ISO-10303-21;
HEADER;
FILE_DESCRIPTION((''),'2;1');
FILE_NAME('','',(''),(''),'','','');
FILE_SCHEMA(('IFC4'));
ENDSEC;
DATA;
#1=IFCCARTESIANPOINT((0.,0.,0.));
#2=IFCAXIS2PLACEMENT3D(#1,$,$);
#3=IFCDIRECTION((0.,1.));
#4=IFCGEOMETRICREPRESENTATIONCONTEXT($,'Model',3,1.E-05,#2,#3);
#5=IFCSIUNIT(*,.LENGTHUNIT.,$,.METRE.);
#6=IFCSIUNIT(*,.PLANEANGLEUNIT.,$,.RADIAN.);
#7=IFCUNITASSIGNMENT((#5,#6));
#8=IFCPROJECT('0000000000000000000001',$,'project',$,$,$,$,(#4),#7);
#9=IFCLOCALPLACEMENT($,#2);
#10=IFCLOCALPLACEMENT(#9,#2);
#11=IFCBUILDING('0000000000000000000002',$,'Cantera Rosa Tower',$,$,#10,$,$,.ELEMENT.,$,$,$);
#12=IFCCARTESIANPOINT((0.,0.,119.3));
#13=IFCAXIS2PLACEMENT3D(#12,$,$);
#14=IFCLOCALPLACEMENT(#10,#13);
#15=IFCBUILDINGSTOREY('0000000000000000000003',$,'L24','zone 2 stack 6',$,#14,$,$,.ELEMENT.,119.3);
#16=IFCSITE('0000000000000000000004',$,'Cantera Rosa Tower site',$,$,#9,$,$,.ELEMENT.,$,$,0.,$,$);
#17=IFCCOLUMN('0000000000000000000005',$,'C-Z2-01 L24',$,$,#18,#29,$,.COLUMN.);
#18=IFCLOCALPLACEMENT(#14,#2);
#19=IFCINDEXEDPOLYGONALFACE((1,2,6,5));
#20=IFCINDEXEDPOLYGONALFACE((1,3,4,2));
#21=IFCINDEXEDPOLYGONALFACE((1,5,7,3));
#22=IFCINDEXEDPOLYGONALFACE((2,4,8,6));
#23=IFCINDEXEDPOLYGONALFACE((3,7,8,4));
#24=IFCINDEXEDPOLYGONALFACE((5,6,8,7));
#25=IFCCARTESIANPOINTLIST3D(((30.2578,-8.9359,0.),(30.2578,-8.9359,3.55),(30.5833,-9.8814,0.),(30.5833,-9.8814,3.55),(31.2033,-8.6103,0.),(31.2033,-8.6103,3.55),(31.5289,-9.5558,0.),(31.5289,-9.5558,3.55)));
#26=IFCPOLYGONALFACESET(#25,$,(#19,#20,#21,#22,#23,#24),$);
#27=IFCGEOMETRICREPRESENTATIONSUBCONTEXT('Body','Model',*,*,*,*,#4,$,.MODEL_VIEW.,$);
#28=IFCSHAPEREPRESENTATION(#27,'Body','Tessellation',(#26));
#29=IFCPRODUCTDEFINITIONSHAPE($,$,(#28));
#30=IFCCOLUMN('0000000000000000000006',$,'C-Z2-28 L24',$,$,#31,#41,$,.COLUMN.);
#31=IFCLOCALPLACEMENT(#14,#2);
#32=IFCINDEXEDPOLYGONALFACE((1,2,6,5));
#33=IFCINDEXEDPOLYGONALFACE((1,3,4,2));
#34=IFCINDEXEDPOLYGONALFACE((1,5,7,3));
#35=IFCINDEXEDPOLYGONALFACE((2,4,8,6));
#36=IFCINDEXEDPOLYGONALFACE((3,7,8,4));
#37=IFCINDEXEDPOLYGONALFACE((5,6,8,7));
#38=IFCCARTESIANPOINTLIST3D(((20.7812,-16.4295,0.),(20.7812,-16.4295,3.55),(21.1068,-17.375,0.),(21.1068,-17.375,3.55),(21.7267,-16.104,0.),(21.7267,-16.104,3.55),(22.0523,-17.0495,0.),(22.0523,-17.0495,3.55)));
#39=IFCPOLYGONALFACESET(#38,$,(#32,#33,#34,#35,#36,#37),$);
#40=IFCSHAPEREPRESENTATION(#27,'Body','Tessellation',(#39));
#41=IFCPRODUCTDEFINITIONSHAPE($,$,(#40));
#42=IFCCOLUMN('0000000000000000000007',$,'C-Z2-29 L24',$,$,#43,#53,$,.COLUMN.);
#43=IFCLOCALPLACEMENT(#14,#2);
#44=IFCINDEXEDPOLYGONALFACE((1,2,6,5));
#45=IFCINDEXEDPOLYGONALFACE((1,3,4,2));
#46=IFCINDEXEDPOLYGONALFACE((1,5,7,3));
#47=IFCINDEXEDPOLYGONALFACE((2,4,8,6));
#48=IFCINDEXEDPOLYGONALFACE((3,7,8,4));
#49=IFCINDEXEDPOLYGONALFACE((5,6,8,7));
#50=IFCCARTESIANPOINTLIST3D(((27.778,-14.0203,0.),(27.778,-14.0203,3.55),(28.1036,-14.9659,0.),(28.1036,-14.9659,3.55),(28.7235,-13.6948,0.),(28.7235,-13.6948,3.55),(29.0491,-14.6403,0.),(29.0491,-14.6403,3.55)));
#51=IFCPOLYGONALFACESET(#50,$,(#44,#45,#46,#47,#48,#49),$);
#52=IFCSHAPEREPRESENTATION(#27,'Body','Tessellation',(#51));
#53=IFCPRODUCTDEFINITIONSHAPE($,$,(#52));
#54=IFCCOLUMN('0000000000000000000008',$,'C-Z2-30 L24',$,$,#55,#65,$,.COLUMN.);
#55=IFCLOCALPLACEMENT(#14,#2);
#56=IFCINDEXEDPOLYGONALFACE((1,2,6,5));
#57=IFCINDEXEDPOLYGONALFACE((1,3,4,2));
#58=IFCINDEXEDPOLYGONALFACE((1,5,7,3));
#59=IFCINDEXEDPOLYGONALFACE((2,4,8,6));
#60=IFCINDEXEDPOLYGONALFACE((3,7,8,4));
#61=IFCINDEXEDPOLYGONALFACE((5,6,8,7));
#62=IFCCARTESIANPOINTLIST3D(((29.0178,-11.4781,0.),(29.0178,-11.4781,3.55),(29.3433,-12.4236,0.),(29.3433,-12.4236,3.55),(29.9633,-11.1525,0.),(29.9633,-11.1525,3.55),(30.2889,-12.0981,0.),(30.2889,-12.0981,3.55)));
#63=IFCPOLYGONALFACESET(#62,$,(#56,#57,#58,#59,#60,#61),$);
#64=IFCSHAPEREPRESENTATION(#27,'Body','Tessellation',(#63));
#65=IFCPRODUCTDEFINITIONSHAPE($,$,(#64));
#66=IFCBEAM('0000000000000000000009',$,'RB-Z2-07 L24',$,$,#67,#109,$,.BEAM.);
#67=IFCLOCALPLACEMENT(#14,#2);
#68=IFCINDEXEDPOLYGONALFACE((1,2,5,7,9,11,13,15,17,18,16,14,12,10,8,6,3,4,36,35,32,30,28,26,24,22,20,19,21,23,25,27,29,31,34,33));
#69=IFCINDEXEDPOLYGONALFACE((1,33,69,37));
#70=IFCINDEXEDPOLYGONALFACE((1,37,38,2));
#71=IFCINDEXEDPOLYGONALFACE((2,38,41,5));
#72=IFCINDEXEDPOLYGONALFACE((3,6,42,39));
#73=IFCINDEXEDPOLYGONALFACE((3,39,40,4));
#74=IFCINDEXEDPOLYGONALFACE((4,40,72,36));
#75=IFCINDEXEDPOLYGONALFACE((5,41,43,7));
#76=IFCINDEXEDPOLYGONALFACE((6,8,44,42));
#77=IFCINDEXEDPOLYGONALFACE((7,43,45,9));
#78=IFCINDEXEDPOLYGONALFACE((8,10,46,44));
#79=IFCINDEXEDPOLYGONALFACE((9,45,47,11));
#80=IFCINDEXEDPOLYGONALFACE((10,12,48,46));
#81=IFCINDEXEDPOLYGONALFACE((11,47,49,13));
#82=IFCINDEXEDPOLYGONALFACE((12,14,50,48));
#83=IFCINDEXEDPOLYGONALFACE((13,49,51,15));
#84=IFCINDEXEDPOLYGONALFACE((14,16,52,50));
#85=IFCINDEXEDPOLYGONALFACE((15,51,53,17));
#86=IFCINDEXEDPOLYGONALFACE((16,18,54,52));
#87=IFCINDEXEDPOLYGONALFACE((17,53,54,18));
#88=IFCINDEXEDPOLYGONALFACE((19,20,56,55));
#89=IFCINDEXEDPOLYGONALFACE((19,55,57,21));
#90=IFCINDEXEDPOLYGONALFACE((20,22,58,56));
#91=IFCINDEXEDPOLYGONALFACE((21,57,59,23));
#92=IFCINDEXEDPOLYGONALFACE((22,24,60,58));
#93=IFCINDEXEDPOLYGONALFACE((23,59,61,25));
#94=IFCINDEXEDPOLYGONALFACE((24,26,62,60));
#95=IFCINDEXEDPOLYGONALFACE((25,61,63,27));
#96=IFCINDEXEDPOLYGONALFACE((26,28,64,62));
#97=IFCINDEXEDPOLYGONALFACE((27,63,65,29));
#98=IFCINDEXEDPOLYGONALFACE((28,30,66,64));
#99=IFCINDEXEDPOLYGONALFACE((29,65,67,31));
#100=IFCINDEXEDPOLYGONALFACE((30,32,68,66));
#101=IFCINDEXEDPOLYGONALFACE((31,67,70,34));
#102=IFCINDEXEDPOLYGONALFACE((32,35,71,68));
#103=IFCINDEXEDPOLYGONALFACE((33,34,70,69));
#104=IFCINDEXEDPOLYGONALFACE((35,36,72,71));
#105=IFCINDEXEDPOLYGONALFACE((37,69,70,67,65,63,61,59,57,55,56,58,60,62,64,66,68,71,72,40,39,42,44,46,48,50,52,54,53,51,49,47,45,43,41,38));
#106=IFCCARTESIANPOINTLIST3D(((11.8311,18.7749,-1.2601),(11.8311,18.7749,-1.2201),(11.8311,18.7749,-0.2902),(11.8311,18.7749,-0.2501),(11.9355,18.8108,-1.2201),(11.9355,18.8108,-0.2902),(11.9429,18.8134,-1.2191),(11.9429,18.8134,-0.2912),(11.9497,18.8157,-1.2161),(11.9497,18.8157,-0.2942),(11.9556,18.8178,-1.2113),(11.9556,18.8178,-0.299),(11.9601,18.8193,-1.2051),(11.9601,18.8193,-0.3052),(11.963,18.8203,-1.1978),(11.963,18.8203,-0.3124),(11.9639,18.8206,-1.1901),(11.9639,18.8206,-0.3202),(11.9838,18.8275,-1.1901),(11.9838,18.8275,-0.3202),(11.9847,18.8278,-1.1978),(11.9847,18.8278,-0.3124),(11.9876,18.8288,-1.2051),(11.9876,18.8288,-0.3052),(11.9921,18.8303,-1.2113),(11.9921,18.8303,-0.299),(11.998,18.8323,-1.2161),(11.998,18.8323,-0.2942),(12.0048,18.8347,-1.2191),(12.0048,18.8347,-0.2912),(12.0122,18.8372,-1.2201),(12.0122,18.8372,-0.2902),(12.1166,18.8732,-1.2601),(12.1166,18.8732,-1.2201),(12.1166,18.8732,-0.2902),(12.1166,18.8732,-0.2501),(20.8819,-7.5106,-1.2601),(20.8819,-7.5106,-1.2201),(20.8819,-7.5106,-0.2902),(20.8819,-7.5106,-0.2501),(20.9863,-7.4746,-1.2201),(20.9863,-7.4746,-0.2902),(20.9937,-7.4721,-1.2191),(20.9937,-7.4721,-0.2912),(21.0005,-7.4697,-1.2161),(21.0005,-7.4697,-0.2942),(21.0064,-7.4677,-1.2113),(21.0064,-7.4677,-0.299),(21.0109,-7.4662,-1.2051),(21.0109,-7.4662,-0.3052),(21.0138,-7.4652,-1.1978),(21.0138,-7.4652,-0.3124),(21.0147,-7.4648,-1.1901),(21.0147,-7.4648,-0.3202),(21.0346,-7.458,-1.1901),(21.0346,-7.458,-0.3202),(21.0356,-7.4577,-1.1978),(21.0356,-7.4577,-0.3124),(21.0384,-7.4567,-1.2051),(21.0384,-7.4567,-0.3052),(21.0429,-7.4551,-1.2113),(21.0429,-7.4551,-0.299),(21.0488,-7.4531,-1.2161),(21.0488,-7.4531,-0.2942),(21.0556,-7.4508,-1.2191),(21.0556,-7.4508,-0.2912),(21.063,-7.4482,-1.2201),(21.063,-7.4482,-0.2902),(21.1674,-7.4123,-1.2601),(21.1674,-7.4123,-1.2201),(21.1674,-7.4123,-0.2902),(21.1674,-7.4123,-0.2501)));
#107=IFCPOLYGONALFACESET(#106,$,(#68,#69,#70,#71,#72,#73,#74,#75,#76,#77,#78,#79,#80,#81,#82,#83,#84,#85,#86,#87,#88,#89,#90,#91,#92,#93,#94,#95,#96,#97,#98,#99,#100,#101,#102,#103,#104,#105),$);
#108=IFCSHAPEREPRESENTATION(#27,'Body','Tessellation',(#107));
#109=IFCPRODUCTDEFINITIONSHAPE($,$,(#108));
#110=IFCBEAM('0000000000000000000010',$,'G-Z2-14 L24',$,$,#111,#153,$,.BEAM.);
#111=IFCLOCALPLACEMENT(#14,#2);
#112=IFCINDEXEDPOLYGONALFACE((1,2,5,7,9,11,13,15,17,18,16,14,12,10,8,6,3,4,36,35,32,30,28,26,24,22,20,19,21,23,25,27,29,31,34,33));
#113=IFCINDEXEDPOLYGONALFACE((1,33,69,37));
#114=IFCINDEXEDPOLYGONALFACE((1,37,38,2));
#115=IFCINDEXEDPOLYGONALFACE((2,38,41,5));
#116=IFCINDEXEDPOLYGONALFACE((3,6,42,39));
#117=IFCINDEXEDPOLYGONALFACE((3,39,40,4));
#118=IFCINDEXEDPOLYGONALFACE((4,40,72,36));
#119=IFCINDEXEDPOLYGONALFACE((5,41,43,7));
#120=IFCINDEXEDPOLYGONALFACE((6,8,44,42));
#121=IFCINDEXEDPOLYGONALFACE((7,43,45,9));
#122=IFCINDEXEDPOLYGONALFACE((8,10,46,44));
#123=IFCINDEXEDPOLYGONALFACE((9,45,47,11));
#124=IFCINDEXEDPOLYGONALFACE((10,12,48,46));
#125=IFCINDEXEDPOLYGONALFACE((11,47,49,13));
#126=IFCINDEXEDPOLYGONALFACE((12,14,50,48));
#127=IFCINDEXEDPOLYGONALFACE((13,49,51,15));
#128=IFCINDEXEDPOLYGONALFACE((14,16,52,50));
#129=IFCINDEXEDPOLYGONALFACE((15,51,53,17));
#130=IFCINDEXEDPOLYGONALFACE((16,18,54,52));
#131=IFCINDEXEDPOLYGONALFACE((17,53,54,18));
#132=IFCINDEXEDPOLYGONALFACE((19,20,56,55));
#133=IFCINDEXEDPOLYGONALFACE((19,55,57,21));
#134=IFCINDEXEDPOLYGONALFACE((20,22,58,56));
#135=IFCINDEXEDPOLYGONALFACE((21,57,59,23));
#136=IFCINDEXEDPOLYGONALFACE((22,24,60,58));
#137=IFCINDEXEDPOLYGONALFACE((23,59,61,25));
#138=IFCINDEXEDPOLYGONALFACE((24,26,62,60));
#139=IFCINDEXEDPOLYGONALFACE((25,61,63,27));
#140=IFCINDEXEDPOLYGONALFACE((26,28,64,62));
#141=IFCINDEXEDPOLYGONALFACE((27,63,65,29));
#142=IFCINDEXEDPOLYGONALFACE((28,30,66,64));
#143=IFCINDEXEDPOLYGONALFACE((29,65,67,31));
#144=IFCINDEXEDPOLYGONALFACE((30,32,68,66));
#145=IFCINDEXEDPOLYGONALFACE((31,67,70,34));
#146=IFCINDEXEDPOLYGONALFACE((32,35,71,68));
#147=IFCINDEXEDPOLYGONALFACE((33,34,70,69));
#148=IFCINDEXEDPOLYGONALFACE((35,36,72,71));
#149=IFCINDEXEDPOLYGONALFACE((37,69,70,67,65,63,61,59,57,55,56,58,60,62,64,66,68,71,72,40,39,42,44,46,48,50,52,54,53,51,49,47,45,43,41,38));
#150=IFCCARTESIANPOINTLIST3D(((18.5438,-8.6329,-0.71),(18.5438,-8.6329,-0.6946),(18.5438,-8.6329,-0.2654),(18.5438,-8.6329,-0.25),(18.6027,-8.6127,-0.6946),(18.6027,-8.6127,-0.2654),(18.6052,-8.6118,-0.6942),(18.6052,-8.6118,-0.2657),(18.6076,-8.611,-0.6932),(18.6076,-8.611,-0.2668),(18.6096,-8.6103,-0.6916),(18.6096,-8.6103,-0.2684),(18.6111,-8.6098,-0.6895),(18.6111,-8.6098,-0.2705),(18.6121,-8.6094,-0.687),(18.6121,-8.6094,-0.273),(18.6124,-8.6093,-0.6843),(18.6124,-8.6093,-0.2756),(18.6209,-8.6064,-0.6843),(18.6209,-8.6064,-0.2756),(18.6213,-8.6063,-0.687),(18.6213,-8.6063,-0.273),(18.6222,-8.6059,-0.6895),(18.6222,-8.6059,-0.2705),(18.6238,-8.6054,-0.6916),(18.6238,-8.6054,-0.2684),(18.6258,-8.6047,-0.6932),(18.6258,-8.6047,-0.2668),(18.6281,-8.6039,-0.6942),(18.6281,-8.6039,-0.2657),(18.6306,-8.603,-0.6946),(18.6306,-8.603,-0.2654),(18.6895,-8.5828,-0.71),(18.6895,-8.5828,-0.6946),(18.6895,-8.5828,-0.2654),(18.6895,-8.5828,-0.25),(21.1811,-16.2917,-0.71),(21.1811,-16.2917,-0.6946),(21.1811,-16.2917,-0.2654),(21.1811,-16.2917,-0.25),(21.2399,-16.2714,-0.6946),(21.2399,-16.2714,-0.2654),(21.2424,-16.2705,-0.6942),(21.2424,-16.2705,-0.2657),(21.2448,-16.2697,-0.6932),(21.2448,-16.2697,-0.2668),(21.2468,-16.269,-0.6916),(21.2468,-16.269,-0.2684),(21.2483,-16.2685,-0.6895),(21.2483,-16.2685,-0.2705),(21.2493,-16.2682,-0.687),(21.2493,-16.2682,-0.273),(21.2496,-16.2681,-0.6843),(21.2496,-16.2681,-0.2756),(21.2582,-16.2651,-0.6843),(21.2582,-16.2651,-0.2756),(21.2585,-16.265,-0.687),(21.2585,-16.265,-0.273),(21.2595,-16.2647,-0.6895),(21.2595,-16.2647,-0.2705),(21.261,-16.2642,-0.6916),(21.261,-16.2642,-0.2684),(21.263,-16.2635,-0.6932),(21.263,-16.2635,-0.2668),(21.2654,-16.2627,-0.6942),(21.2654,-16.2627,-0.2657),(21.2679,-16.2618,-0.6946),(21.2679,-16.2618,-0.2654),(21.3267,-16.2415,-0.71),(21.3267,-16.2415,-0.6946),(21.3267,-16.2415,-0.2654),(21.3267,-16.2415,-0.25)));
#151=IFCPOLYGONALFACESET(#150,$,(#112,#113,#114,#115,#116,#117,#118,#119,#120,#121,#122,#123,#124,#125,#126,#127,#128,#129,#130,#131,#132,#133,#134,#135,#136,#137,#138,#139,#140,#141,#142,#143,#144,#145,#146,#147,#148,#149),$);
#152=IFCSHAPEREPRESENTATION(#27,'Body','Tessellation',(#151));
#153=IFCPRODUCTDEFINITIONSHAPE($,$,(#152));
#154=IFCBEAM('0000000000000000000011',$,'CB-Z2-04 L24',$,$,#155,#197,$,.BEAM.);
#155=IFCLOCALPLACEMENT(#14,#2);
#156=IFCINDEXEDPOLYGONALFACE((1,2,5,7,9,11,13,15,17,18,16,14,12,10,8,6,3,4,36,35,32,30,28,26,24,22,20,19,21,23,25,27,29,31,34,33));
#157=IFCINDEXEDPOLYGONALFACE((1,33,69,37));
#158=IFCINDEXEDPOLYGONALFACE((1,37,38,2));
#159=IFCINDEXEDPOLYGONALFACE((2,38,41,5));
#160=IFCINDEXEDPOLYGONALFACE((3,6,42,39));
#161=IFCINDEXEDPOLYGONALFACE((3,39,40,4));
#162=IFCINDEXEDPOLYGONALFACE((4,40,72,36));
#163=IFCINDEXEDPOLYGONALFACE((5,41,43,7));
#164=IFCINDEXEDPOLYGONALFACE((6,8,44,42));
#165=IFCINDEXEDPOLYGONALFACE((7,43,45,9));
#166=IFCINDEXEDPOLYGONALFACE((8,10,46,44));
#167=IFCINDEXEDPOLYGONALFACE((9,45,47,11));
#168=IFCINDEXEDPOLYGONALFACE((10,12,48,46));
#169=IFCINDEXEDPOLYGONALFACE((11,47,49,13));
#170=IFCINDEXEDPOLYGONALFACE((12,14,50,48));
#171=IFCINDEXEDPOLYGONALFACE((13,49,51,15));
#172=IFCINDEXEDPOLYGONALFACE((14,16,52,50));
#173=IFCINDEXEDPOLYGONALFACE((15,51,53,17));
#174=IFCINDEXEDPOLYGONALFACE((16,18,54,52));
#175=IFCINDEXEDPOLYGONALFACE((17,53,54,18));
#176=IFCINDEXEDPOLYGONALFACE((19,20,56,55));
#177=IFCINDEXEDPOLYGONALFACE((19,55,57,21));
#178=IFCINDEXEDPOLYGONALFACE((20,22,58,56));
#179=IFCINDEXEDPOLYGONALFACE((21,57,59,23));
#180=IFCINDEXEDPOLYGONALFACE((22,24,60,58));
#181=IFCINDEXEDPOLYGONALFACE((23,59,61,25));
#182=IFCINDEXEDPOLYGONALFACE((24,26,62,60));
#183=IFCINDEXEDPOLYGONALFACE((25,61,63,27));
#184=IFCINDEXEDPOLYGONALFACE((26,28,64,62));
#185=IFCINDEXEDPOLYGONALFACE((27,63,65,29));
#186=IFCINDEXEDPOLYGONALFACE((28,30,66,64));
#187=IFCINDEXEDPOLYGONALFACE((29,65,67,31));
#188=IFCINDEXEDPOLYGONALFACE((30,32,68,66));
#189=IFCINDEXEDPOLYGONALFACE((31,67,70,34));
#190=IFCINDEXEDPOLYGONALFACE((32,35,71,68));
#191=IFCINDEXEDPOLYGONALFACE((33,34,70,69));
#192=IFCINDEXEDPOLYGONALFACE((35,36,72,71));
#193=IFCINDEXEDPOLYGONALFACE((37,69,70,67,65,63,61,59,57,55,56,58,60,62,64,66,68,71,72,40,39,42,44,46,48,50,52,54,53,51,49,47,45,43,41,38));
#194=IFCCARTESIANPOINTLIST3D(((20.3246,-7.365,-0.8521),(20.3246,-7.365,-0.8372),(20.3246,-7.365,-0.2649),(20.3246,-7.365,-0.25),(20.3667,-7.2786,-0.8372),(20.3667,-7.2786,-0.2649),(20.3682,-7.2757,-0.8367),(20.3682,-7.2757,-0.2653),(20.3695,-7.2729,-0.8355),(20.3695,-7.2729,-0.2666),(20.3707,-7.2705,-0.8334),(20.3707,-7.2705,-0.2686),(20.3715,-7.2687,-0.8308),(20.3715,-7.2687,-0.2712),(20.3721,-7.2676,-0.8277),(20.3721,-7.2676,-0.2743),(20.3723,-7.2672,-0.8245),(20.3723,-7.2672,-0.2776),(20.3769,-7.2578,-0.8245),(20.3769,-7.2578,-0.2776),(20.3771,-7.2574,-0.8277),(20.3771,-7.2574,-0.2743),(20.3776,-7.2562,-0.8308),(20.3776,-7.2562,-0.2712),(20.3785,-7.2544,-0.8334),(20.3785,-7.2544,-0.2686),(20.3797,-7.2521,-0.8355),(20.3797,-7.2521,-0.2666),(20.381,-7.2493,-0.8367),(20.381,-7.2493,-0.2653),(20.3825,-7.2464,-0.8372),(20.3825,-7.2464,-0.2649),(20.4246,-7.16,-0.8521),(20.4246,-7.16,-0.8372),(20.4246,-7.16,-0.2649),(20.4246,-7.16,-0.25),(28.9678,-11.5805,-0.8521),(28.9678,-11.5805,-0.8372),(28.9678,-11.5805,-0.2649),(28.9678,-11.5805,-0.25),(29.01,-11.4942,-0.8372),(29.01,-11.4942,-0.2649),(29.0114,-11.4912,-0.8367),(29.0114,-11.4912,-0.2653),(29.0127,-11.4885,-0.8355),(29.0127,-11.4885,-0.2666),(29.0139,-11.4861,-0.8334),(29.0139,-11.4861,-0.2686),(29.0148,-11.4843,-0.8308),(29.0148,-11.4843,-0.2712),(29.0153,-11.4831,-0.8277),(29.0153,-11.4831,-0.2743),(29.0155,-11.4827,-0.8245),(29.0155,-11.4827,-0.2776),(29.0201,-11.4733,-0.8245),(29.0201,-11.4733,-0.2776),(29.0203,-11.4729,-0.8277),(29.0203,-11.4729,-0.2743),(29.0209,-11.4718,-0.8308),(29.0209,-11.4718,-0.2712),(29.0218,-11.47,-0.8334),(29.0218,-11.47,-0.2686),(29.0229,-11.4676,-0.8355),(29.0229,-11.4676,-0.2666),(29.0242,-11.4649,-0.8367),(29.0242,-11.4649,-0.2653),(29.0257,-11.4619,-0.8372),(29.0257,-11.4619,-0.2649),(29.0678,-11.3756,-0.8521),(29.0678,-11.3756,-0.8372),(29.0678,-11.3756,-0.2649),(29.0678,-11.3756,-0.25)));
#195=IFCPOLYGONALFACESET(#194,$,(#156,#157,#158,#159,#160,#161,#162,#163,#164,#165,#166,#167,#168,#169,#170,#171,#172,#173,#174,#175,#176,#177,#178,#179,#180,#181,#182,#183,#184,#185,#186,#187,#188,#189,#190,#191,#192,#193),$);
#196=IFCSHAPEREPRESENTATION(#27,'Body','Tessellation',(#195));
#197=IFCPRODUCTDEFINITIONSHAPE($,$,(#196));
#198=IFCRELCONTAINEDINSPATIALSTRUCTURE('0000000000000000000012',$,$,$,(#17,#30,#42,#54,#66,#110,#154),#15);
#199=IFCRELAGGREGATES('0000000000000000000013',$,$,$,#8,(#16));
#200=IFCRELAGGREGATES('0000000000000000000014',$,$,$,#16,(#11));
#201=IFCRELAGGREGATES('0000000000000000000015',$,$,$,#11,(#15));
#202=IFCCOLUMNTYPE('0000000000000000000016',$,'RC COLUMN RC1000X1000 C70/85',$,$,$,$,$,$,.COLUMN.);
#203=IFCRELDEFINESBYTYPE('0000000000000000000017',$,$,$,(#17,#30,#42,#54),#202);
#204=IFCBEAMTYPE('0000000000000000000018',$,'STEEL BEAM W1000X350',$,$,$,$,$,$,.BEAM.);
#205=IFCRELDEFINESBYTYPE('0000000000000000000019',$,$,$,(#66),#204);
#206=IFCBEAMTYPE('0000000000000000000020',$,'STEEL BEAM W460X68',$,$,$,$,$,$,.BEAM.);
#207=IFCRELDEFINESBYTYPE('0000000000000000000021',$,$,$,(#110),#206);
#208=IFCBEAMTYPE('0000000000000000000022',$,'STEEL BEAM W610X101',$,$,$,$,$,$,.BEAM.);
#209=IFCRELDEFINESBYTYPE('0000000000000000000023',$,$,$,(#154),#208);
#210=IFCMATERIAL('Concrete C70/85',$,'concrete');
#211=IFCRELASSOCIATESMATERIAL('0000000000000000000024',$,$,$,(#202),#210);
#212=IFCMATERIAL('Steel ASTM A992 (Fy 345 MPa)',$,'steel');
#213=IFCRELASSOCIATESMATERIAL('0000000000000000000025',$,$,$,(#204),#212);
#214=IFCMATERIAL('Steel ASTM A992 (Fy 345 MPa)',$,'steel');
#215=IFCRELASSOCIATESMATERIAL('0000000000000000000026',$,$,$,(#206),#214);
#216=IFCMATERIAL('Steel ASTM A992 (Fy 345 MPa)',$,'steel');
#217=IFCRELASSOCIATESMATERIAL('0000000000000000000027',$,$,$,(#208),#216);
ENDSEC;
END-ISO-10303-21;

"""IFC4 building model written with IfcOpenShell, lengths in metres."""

from ifc_helpers import new_model, si_unit, direction, frame, origin, origin_2d, place, context, subcontext, project, spatial, rectangle, i_section, extrude, material, material_profile, profile_set, type_object, element, save


model = new_model("IFC4")

# Units and contexts
model_context = context("Model", 3, precision=1e-05, world=origin(), true_north=direction((0.0, 1.0)))
body_context = subcontext(model_context, "Body", "Model", "MODEL_VIEW")
ifc_project = project(units=[si_unit("LENGTHUNIT", "METRE"), si_unit("PLANEANGLEUNIT", "RADIAN")], contexts=[model_context])

# Site, building, storey
site_placement = place(None, origin())
site = spatial("IfcSite", under=ifc_project, at=site_placement, Name="Cantera Rosa Tower site", CompositionType="ELEMENT", RefElevation=0.0)
building_placement = place(site_placement, origin())
building = spatial("IfcBuilding", under=site, at=building_placement, Name="Cantera Rosa Tower", CompositionType="ELEMENT")
storey_placement = place(building_placement, frame((0.0, 0.0, 119.3)))
storey = spatial("IfcBuildingStorey", under=building, at=storey_placement, Name="L24", Description="zone 2 stack 6", CompositionType="ELEMENT", Elevation=119.3)

# Columns
ifc_material_1 = material(Name="Concrete C70/85", Category="concrete")
ifc_material_profile_1 = material_profile(ifc_material_1, rectangle(XDim=1.0, YDim=1.0, at=origin_2d()), Name="RC COLUMN RC1000X1000 C70/85")
ifc_profile_set_1 = profile_set([ifc_material_profile_1], Name="Concrete C70/85")
column_type = type_object("IfcColumnType", Name="RC COLUMN RC1000X1000 C70/85", PredefinedType="COLUMN", material=ifc_profile_set_1)
for number, where, z_axis, x_axis, name in (
    (1, (30.8933, -9.2458, 0.0), (0.0, 0.0, 1.0), (0.945519, 0.325568, 0.0), "C-Z2-01 L24"),
    (2, (21.4167, -16.7395, 0.0), (0.0, 0.0, 1.0), (0.945519, 0.325568, 0.0), "C-Z2-28 L24"),
    (3, (28.4136, -14.3303, 0.0), (0.0, 0.0, 1.0), (0.945519, 0.325568, 0.0), "C-Z2-29 L24"),
    (4, (29.6533, -11.7881, 0.0), (0.0, 0.0, 1.0), (0.945519, 0.325568, 0.0), "C-Z2-30 L24"),
):
    element("IfcColumn", number, at=place(storey_placement, frame(where, z_axis=z_axis, x_axis=x_axis)), inside=storey, type_object=column_type, Name=name, PredefinedType="COLUMN", context=body_context, shape_type="SweptSolid", body=[
        extrude(rectangle(XDim=1.0, YDim=1.0, at=origin_2d()), origin(), (0.0, 0.0, 1.0), 3.55),
    ])

# Beams
ifc_material_2 = material(Name="Steel ASTM A992 (Fy 345 MPa)", Category="steel")
ifc_material_profile_2 = material_profile(ifc_material_2, i_section(OverallWidth=0.302, OverallDepth=1.01, WebThickness=0.021, FlangeThickness=0.04, FilletRadius=0.03, at=origin_2d()), Name="W1000X350")
ifc_profile_set_2 = profile_set([ifc_material_profile_2], Name="Steel ASTM A992 (Fy 345 MPa)")
beam_type_1 = type_object("IfcBeamType", Name="STEEL BEAM W1000X350", PredefinedType="BEAM", material=ifc_profile_set_2)
beam_1_placement = place(storey_placement, frame((21.0247, -7.4614, -0.7551), z_axis=(-0.325568, 0.945519, 0.0), x_axis=(-0.945519, -0.325568, 0.0)))
element("IfcBeam", 5, at=beam_1_placement, inside=storey, type_object=beam_type_1, Name="RB-Z2-07 L24", PredefinedType="BEAM", context=body_context, shape_type="SweptSolid", body=[
    extrude(i_section(OverallWidth=0.302, OverallDepth=1.01, WebThickness=0.021, FlangeThickness=0.04, FilletRadius=0.03, at=origin_2d()), origin(), (0.0, 0.0, 1.0), 27.8),
])
ifc_material_3 = material(Name="Steel ASTM A992 (Fy 345 MPa)", Category="steel")
ifc_material_profile_3 = material_profile(ifc_material_3, i_section(OverallWidth=0.1541, OverallDepth=0.46, WebThickness=0.009, FlangeThickness=0.0154, FilletRadius=0.0103, at=origin_2d()), Name="W460X68")
ifc_profile_set_3 = profile_set([ifc_material_profile_3], Name="Steel ASTM A992 (Fy 345 MPa)")
beam_type_2 = type_object("IfcBeamType", Name="STEEL BEAM W460X68", PredefinedType="BEAM", material=ifc_profile_set_3)
beam_2_placement = place(storey_placement, frame((21.2539, -16.2666, -0.48), z_axis=(-0.32558, 0.945514, 0.0), x_axis=(-0.945514, -0.32558, 0.0)))
element("IfcBeam", 6, at=beam_2_placement, inside=storey, type_object=beam_type_2, Name="G-Z2-14 L24", PredefinedType="BEAM", context=body_context, shape_type="SweptSolid", body=[
    extrude(i_section(OverallWidth=0.1541, OverallDepth=0.46, WebThickness=0.009, FlangeThickness=0.0154, FilletRadius=0.0103, at=origin_2d()), origin(), (0.0, 0.0, 1.0), 8.1001),
])
ifc_material_4 = material(Name="Steel ASTM A992 (Fy 345 MPa)", Category="steel")
ifc_material_profile_4 = material_profile(ifc_material_4, i_section(OverallWidth=0.228, OverallDepth=0.6021, WebThickness=0.0105, FlangeThickness=0.0149, FilletRadius=0.0127, at=origin_2d()), Name="W610X101")
ifc_profile_set_4 = profile_set([ifc_material_profile_4], Name="Steel ASTM A992 (Fy 345 MPa)")
beam_type_3 = type_object("IfcBeamType", Name="STEEL BEAM W610X101", PredefinedType="BEAM", material=ifc_profile_set_4)
beam_3_placement = place(storey_placement, frame((29.0178, -11.478, -0.551), z_axis=(-0.898796, 0.438367, 0.0), x_axis=(-0.438367, -0.898796, 0.0)))
element("IfcBeam", 7, at=beam_3_placement, inside=storey, type_object=beam_type_3, Name="CB-Z2-04 L24", PredefinedType="BEAM", context=body_context, shape_type="SweptSolid", body=[
    extrude(i_section(OverallWidth=0.228, OverallDepth=0.6021, WebThickness=0.0105, FlangeThickness=0.0149, FilletRadius=0.0127, at=origin_2d()), origin(), (0.0, 0.0, 1.0), 9.6165),
])

save(model, "model.ifc")
